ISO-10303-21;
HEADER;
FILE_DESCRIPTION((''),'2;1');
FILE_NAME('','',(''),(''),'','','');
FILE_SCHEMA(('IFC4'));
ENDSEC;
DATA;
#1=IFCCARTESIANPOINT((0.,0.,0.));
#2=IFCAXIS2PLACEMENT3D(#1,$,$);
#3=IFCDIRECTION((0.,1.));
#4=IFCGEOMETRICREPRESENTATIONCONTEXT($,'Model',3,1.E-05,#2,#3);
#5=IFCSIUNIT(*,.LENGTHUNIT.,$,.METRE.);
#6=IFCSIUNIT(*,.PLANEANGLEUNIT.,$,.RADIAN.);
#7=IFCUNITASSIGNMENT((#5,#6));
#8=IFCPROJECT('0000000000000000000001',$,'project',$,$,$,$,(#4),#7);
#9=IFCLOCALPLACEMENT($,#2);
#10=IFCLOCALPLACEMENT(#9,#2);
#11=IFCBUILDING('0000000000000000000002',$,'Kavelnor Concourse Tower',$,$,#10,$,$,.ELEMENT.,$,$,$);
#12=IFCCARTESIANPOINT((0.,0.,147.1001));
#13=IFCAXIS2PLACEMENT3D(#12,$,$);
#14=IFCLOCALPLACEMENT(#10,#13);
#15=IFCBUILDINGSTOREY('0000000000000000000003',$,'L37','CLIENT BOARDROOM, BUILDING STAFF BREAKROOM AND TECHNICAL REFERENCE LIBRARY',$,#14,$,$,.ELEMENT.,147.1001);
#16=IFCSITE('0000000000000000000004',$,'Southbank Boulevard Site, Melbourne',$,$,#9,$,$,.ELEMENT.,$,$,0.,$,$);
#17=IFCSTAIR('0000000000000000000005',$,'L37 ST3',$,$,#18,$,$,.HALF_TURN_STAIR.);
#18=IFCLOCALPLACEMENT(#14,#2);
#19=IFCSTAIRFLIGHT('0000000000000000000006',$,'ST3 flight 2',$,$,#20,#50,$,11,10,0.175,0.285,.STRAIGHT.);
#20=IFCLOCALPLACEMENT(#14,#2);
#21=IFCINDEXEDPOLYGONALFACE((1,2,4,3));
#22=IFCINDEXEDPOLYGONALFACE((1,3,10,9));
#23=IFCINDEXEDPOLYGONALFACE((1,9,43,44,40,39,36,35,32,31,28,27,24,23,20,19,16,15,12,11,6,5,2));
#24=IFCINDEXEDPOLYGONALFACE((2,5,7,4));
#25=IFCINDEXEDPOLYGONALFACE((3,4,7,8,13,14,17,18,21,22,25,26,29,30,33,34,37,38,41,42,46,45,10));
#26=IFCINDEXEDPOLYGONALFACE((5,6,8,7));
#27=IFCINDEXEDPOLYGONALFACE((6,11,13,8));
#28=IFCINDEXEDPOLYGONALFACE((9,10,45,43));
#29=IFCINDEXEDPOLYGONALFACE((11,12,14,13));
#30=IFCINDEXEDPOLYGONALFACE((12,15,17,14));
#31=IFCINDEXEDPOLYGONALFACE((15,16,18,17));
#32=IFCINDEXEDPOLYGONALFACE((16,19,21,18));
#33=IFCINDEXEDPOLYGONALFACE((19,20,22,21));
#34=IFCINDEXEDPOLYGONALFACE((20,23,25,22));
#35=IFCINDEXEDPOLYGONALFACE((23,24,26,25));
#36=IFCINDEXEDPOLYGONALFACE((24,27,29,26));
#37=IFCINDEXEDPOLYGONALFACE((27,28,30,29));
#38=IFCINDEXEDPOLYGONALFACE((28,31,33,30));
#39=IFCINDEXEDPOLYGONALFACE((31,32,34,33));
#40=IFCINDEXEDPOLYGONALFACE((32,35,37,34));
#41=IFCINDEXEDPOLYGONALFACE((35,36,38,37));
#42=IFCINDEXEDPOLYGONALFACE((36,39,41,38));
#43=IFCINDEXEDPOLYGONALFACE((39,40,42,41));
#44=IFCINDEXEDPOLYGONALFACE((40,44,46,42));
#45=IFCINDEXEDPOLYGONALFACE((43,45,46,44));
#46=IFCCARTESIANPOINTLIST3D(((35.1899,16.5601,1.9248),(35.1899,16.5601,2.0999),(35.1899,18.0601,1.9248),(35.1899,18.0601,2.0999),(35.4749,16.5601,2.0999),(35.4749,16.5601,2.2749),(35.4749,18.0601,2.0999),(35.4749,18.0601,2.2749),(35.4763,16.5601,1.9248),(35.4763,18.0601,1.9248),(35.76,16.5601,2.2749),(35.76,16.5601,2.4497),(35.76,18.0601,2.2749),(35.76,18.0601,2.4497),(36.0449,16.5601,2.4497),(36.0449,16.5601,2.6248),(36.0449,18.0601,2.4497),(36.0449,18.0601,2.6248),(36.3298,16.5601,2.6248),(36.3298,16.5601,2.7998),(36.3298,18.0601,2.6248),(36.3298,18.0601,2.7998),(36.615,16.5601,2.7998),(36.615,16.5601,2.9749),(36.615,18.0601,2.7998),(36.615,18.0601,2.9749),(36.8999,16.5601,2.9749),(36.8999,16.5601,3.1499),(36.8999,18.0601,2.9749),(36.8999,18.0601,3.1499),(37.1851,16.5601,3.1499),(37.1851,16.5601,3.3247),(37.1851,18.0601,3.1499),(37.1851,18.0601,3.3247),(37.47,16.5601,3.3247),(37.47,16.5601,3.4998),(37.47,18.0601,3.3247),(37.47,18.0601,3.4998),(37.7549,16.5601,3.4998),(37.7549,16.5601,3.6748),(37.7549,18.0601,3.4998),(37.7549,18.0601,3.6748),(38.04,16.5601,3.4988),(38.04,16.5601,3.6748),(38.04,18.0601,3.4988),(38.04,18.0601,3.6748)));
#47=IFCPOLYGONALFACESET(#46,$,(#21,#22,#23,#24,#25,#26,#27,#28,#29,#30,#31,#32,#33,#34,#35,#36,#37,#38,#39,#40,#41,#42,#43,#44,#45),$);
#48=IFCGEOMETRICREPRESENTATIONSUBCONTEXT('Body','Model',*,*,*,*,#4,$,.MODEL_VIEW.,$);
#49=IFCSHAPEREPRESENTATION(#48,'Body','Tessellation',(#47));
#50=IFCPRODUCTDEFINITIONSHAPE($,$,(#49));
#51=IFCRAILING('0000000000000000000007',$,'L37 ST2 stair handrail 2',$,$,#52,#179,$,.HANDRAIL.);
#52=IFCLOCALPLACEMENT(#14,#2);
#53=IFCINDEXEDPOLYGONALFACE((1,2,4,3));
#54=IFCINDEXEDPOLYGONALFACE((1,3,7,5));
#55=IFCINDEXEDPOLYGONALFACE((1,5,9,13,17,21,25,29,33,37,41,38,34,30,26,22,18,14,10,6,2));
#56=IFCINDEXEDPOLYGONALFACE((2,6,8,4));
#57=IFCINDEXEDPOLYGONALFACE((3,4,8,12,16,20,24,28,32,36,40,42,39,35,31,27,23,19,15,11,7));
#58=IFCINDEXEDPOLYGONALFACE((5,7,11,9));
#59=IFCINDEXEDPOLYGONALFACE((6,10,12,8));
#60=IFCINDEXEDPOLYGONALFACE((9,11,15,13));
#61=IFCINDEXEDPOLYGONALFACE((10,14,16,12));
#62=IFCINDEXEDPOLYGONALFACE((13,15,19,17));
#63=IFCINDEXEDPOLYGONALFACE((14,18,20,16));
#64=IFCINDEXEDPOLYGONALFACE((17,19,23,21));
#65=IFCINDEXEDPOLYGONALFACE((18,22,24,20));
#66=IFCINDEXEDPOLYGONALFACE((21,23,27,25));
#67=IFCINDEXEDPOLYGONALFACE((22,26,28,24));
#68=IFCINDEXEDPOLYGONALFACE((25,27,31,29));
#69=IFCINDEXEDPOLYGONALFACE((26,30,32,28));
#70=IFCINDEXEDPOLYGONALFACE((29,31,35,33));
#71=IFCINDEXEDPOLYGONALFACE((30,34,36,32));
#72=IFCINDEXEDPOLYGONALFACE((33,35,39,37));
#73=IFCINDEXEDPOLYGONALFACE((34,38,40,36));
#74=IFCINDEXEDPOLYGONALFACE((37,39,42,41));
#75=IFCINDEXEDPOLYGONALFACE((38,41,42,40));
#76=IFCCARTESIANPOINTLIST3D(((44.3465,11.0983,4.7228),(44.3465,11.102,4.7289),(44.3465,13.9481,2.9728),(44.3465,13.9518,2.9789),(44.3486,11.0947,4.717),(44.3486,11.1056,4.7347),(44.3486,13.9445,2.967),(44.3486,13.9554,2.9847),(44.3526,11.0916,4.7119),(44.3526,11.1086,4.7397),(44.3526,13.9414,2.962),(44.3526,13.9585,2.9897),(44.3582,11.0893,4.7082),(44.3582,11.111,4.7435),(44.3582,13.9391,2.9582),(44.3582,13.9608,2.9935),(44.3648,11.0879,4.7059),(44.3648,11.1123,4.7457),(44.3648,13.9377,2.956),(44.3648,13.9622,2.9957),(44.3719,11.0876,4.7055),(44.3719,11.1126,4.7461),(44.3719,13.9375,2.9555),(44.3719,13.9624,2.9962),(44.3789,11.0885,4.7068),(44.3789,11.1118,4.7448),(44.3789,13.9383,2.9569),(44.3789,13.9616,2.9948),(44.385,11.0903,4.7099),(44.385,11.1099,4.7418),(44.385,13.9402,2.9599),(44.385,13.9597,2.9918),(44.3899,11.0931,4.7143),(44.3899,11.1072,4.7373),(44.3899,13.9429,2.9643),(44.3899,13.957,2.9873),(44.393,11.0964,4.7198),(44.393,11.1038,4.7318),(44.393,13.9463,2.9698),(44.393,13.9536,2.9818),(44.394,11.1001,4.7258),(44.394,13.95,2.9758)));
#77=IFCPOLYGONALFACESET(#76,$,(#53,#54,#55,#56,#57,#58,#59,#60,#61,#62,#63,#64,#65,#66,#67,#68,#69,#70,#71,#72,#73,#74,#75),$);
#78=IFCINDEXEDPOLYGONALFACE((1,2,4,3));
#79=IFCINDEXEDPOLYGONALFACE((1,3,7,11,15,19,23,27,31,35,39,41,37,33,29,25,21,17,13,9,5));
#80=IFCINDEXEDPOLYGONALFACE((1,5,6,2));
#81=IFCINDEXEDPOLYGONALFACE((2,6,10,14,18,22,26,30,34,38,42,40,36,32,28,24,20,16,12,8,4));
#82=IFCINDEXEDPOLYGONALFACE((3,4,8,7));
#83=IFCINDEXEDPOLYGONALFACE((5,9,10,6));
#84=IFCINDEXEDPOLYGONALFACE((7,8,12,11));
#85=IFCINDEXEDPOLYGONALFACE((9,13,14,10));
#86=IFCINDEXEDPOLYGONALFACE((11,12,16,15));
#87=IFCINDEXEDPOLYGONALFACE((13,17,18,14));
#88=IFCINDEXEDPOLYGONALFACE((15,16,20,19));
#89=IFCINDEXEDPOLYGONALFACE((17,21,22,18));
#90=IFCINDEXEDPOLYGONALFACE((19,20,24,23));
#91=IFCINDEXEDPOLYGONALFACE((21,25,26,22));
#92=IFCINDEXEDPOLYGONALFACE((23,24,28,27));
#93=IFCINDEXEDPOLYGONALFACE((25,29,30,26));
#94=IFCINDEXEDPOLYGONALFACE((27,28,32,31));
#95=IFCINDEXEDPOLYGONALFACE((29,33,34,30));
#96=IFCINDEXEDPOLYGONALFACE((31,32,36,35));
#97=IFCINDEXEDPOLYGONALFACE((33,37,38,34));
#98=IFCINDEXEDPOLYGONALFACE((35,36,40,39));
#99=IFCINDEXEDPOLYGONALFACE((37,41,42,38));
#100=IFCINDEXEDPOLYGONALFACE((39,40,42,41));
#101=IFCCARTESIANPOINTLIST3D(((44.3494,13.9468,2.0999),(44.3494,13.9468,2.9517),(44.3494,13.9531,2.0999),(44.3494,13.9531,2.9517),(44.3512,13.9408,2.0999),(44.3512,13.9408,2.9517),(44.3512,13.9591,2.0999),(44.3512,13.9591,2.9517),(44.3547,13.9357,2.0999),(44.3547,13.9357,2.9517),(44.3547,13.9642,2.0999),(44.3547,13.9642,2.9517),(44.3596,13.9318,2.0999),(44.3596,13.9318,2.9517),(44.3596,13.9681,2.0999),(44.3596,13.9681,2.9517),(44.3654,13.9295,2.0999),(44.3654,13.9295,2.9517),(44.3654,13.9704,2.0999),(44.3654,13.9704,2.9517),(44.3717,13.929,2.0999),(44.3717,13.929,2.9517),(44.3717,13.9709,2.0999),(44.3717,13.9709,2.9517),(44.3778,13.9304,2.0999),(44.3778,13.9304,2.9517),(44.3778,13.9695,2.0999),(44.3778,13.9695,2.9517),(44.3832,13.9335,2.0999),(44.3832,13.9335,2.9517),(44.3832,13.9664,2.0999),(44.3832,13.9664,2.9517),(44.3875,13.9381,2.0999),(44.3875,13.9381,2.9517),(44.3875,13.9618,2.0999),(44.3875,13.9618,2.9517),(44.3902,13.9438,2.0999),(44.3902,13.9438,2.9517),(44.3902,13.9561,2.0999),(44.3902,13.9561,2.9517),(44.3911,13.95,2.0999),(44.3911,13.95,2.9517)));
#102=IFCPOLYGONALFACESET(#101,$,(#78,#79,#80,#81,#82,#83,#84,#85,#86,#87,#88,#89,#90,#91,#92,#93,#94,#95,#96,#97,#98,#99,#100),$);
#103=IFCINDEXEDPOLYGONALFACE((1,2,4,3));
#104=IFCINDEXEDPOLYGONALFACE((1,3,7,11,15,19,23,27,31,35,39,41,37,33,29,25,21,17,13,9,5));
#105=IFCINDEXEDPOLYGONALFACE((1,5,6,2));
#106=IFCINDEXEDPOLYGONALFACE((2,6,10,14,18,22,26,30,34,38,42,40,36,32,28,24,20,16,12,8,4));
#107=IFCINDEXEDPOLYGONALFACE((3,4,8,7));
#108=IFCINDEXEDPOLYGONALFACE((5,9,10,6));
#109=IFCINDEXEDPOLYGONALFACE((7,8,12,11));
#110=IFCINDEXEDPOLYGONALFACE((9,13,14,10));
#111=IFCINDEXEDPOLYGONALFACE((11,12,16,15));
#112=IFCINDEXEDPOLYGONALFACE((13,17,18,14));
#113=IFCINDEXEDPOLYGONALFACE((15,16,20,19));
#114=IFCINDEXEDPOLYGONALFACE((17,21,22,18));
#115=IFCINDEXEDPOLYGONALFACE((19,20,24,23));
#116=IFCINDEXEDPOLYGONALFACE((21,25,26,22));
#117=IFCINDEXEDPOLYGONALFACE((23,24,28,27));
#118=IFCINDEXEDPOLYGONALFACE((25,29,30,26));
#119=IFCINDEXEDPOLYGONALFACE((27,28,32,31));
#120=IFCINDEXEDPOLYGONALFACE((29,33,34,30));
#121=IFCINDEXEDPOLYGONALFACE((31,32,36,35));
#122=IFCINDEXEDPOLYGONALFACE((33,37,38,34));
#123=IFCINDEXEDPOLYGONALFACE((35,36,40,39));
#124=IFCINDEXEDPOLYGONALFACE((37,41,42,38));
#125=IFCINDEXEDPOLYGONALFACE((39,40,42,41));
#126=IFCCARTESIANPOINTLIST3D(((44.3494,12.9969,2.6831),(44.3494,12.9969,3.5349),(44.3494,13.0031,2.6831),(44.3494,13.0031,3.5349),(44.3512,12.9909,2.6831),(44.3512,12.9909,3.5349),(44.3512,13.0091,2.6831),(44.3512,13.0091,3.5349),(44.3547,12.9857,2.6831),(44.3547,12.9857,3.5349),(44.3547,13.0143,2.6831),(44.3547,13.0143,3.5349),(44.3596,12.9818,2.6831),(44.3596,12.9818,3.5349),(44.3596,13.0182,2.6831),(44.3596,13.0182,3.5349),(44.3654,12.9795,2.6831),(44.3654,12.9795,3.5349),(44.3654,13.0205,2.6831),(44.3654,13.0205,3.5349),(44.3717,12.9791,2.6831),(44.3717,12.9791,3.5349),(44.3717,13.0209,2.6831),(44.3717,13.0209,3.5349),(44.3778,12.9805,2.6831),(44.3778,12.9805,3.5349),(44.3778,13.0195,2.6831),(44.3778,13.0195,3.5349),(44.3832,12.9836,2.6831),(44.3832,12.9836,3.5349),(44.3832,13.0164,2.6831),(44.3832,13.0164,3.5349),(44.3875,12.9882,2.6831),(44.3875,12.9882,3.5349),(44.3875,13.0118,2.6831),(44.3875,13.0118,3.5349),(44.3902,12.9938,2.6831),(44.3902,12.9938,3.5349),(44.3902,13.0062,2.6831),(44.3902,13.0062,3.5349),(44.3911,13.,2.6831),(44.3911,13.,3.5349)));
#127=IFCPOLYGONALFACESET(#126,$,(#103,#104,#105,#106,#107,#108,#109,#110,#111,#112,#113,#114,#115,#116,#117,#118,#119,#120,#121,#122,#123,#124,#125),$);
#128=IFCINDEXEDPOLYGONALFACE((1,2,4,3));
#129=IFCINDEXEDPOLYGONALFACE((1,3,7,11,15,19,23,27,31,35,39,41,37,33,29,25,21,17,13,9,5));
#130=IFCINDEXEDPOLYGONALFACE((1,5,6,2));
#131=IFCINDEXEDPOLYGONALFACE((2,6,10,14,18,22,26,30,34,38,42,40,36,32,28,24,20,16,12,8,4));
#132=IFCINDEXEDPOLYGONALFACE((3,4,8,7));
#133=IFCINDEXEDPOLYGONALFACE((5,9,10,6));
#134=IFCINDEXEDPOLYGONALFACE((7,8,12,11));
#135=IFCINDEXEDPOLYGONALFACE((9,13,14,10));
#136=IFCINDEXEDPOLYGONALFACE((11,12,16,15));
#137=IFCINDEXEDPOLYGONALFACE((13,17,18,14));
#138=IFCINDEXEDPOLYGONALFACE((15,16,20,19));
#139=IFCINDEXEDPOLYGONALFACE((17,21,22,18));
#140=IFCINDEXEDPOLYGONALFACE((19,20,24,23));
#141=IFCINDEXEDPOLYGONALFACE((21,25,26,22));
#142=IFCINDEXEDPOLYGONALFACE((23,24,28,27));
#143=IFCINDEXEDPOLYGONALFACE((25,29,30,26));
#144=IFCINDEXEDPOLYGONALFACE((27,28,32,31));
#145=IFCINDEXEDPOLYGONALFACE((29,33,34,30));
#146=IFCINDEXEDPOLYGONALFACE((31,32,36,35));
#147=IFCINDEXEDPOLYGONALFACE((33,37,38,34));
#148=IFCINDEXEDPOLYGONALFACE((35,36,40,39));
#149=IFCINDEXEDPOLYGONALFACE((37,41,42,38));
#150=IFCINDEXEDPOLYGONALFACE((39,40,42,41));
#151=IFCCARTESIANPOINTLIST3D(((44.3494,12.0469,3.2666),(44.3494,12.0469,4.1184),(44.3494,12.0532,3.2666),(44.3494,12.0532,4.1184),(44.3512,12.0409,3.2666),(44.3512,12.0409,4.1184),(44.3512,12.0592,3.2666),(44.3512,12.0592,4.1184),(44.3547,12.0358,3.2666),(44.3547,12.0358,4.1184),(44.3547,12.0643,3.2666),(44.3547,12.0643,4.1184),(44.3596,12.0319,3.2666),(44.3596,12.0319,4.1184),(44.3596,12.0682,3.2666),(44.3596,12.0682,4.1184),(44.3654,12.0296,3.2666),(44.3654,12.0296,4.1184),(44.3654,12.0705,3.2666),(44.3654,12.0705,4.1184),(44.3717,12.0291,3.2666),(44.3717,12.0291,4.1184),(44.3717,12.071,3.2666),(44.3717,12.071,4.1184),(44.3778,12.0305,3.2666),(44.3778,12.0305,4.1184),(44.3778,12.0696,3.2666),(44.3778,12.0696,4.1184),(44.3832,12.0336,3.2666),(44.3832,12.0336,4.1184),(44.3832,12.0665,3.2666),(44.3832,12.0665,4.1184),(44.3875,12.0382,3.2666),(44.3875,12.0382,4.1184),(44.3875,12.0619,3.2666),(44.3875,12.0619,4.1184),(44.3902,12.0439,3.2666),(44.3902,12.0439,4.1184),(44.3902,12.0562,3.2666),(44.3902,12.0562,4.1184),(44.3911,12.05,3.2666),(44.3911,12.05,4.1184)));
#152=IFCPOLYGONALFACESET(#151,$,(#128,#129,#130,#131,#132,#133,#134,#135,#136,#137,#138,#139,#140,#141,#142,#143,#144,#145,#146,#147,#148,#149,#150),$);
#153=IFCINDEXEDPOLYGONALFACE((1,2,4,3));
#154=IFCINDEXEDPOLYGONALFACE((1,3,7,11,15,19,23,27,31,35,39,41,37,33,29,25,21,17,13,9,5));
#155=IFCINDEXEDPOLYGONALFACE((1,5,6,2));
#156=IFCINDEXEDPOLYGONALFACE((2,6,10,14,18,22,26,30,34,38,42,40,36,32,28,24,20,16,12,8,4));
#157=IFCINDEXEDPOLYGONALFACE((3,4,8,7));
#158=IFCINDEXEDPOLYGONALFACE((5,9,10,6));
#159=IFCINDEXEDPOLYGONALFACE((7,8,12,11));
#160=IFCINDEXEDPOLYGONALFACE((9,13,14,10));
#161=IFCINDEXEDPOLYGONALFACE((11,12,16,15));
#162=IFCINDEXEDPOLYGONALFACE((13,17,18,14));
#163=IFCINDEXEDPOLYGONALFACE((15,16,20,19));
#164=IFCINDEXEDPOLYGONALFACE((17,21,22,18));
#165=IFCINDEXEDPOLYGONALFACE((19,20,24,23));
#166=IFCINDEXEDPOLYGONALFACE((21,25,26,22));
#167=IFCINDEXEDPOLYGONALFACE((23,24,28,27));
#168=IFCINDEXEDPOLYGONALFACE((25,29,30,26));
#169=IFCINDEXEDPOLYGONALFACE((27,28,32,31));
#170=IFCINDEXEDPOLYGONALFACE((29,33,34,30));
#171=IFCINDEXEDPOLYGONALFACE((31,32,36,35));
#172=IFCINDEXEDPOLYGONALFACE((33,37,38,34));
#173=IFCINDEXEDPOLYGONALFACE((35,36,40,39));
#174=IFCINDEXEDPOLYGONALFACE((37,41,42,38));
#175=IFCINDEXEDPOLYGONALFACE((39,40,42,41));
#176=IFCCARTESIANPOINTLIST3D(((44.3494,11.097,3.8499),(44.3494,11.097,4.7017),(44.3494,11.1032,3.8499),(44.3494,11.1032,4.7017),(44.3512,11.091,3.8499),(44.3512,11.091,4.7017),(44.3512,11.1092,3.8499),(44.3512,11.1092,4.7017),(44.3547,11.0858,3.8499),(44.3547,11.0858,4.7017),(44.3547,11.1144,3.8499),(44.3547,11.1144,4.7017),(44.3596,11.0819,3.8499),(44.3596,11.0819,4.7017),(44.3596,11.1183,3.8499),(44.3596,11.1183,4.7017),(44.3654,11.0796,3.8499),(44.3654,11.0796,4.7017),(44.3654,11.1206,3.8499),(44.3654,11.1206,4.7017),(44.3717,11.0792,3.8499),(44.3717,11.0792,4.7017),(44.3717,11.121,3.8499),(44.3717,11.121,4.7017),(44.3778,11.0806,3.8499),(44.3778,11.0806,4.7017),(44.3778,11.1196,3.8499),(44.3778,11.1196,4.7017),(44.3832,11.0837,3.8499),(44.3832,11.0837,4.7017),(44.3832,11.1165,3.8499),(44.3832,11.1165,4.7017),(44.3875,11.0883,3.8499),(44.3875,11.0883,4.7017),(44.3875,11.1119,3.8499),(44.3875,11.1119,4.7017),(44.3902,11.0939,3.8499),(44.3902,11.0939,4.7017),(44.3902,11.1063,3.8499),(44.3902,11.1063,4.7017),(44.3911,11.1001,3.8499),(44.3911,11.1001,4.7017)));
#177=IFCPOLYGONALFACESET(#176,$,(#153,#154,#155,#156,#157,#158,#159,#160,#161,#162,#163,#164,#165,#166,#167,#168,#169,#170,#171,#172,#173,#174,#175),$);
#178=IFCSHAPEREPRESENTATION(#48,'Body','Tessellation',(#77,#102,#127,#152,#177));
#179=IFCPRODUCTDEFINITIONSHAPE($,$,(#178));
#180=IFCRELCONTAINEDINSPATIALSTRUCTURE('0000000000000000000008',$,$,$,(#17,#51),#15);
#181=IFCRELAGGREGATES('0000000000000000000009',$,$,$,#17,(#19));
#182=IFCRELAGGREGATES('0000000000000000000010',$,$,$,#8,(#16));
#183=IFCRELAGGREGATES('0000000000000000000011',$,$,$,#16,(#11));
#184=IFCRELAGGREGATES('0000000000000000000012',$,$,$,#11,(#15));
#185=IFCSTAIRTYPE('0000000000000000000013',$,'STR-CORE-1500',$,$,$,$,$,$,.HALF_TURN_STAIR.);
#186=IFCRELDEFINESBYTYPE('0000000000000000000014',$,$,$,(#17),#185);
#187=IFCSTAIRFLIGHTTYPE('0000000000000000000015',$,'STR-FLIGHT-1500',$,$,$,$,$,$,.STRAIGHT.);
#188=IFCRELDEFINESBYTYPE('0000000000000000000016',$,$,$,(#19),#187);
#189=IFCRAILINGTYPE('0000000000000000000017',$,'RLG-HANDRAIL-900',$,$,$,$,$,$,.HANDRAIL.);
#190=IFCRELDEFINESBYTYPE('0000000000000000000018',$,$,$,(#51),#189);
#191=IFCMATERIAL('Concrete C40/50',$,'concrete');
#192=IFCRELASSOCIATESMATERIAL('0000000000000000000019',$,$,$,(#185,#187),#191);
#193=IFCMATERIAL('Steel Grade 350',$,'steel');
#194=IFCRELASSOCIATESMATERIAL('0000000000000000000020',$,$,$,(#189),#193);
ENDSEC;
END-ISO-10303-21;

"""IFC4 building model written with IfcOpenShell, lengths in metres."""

from ifc_helpers import new_model, si_unit, direction, frame, origin, origin_2d, place, context, subcontext, project, spatial, polyline, circle, outline, extrude, material, type_object, element, aggregate, save


model = new_model("IFC4")

# Units and contexts
model_context = context("Model", 3, precision=1e-05, world=origin(), true_north=direction((0.0, 1.0)))
body_context = subcontext(model_context, "Body", "Model", "MODEL_VIEW")
ifc_project = project(units=[si_unit("LENGTHUNIT", "METRE"), si_unit("PLANEANGLEUNIT", "RADIAN")], contexts=[model_context])

# Site, building, storey
site_placement = place(None, origin())
site = spatial("IfcSite", under=ifc_project, at=site_placement, Name="Southbank Boulevard Site, Melbourne", CompositionType="ELEMENT", RefElevation=0.0)
building_placement = place(site_placement, origin())
building = spatial("IfcBuilding", under=site, at=building_placement, Name="Kavelnor Concourse Tower", CompositionType="ELEMENT")
storey_placement = place(building_placement, frame((0.0, 0.0, 147.1001)))
storey = spatial("IfcBuildingStorey", under=building, at=storey_placement, Name="L37", Description="CLIENT BOARDROOM, BUILDING STAFF BREAKROOM AND TECHNICAL REFERENCE LIBRARY", CompositionType="ELEMENT", Elevation=147.1001)

# Shared definitions
ifc_material_1 = material(Name="Steel Grade 350", Category="steel")

# Stair, stair flight
ifc_material_2 = material(Name="Concrete C40/50", Category="concrete")
stair_type = type_object("IfcStairType", Name="STR-CORE-1500", PredefinedType="HALF_TURN_STAIR", material=ifc_material_2)
stair_flight_type = type_object("IfcStairFlightType", Name="STR-FLIGHT-1500", PredefinedType="STRAIGHT", material=ifc_material_2)
stair_1_placement = place(storey_placement, origin())
stair_1 = element("IfcStair", 1, at=stair_1_placement, inside=storey, type_object=stair_type, Name="L37 ST3", PredefinedType="HALF_TURN_STAIR")
stair_flight_1_placement = place(storey_placement, frame((35.1899, 17.3101, 1.9248), z_axis=(0.0, 0.0, 1.0), x_axis=(1.0, 0.0, 0.0)))
stair_flight_1 = element("IfcStairFlight", 2, at=stair_flight_1_placement, type_object=stair_flight_type, Name="ST3 flight 2", NumberOfRisers=11, NumberOfTreads=10, PredefinedType="STRAIGHT", RiserHeight=0.175, TreadLength=0.285, context=body_context, shape_type="SweptSolid", body=[
    extrude(outline(polyline([(0.0, 0.0), (0.0, 0.175), (0.2849, 0.175), (0.2849, 0.3501), (0.5701, 0.3501), (0.5701, 0.5249), (0.855, 0.5249), (0.855, 0.7), (1.1399, 0.7), (1.1399, 0.875), (1.425, 0.875), (1.425, 1.05), (1.71, 1.05), (1.71, 1.2251), (1.9951, 1.2251), (1.9951, 1.3999), (2.28, 1.3999), (2.28, 1.575), (2.5649, 1.575), (2.5649, 1.75), (2.8501, 1.75), (2.8501, 1.925), (2.8501, 1.574), (0.2864, 0.0), (0.0, 0.0)])), frame((0.0, 0.75, 0.0), z_axis=(0.0, -1.0, 0.0), x_axis=(1.0, 0.0, 0.0)), (0.0, 0.0, 1.0), 1.5),
])
aggregate(stair_1, [stair_flight_1])

# Railing
railing_type = type_object("IfcRailingType", Name="RLG-HANDRAIL-900", PredefinedType="HANDRAIL", material=ifc_material_1)
railing_1_placement = place(storey_placement, frame((44.3701, 13.95, 2.0999)))
element("IfcRailing", 3, at=railing_1_placement, inside=storey, type_object=railing_type, Name="L37 ST2 stair handrail 2", PredefinedType="HANDRAIL", context=body_context, shape_type="SweptSolid", body=[
    extrude(circle(Radius=0.0239, at=origin_2d()), frame((0.0, 0.0, 0.876), z_axis=(0.0, -0.852159, 0.523283), x_axis=(1.0, 0.0, 0.0)), (0.0, 0.0, 1.0), 3.3442),
    extrude(circle(Radius=0.021, at=origin_2d()), origin(), (0.0, 0.0, 1.0), 0.8518),
    extrude(circle(Radius=0.021, at=origin_2d()), frame((0.0, -0.95, 0.5833)), (0.0, 0.0, 1.0), 0.8518),
    extrude(circle(Radius=0.021, at=origin_2d()), frame((0.0, -1.8999, 1.1667)), (0.0, 0.0, 1.0), 0.8518),
    extrude(circle(Radius=0.021, at=origin_2d()), frame((0.0, -2.8499, 1.75)), (0.0, 0.0, 1.0), 0.8518),
])

save(model, "model.ifc")
